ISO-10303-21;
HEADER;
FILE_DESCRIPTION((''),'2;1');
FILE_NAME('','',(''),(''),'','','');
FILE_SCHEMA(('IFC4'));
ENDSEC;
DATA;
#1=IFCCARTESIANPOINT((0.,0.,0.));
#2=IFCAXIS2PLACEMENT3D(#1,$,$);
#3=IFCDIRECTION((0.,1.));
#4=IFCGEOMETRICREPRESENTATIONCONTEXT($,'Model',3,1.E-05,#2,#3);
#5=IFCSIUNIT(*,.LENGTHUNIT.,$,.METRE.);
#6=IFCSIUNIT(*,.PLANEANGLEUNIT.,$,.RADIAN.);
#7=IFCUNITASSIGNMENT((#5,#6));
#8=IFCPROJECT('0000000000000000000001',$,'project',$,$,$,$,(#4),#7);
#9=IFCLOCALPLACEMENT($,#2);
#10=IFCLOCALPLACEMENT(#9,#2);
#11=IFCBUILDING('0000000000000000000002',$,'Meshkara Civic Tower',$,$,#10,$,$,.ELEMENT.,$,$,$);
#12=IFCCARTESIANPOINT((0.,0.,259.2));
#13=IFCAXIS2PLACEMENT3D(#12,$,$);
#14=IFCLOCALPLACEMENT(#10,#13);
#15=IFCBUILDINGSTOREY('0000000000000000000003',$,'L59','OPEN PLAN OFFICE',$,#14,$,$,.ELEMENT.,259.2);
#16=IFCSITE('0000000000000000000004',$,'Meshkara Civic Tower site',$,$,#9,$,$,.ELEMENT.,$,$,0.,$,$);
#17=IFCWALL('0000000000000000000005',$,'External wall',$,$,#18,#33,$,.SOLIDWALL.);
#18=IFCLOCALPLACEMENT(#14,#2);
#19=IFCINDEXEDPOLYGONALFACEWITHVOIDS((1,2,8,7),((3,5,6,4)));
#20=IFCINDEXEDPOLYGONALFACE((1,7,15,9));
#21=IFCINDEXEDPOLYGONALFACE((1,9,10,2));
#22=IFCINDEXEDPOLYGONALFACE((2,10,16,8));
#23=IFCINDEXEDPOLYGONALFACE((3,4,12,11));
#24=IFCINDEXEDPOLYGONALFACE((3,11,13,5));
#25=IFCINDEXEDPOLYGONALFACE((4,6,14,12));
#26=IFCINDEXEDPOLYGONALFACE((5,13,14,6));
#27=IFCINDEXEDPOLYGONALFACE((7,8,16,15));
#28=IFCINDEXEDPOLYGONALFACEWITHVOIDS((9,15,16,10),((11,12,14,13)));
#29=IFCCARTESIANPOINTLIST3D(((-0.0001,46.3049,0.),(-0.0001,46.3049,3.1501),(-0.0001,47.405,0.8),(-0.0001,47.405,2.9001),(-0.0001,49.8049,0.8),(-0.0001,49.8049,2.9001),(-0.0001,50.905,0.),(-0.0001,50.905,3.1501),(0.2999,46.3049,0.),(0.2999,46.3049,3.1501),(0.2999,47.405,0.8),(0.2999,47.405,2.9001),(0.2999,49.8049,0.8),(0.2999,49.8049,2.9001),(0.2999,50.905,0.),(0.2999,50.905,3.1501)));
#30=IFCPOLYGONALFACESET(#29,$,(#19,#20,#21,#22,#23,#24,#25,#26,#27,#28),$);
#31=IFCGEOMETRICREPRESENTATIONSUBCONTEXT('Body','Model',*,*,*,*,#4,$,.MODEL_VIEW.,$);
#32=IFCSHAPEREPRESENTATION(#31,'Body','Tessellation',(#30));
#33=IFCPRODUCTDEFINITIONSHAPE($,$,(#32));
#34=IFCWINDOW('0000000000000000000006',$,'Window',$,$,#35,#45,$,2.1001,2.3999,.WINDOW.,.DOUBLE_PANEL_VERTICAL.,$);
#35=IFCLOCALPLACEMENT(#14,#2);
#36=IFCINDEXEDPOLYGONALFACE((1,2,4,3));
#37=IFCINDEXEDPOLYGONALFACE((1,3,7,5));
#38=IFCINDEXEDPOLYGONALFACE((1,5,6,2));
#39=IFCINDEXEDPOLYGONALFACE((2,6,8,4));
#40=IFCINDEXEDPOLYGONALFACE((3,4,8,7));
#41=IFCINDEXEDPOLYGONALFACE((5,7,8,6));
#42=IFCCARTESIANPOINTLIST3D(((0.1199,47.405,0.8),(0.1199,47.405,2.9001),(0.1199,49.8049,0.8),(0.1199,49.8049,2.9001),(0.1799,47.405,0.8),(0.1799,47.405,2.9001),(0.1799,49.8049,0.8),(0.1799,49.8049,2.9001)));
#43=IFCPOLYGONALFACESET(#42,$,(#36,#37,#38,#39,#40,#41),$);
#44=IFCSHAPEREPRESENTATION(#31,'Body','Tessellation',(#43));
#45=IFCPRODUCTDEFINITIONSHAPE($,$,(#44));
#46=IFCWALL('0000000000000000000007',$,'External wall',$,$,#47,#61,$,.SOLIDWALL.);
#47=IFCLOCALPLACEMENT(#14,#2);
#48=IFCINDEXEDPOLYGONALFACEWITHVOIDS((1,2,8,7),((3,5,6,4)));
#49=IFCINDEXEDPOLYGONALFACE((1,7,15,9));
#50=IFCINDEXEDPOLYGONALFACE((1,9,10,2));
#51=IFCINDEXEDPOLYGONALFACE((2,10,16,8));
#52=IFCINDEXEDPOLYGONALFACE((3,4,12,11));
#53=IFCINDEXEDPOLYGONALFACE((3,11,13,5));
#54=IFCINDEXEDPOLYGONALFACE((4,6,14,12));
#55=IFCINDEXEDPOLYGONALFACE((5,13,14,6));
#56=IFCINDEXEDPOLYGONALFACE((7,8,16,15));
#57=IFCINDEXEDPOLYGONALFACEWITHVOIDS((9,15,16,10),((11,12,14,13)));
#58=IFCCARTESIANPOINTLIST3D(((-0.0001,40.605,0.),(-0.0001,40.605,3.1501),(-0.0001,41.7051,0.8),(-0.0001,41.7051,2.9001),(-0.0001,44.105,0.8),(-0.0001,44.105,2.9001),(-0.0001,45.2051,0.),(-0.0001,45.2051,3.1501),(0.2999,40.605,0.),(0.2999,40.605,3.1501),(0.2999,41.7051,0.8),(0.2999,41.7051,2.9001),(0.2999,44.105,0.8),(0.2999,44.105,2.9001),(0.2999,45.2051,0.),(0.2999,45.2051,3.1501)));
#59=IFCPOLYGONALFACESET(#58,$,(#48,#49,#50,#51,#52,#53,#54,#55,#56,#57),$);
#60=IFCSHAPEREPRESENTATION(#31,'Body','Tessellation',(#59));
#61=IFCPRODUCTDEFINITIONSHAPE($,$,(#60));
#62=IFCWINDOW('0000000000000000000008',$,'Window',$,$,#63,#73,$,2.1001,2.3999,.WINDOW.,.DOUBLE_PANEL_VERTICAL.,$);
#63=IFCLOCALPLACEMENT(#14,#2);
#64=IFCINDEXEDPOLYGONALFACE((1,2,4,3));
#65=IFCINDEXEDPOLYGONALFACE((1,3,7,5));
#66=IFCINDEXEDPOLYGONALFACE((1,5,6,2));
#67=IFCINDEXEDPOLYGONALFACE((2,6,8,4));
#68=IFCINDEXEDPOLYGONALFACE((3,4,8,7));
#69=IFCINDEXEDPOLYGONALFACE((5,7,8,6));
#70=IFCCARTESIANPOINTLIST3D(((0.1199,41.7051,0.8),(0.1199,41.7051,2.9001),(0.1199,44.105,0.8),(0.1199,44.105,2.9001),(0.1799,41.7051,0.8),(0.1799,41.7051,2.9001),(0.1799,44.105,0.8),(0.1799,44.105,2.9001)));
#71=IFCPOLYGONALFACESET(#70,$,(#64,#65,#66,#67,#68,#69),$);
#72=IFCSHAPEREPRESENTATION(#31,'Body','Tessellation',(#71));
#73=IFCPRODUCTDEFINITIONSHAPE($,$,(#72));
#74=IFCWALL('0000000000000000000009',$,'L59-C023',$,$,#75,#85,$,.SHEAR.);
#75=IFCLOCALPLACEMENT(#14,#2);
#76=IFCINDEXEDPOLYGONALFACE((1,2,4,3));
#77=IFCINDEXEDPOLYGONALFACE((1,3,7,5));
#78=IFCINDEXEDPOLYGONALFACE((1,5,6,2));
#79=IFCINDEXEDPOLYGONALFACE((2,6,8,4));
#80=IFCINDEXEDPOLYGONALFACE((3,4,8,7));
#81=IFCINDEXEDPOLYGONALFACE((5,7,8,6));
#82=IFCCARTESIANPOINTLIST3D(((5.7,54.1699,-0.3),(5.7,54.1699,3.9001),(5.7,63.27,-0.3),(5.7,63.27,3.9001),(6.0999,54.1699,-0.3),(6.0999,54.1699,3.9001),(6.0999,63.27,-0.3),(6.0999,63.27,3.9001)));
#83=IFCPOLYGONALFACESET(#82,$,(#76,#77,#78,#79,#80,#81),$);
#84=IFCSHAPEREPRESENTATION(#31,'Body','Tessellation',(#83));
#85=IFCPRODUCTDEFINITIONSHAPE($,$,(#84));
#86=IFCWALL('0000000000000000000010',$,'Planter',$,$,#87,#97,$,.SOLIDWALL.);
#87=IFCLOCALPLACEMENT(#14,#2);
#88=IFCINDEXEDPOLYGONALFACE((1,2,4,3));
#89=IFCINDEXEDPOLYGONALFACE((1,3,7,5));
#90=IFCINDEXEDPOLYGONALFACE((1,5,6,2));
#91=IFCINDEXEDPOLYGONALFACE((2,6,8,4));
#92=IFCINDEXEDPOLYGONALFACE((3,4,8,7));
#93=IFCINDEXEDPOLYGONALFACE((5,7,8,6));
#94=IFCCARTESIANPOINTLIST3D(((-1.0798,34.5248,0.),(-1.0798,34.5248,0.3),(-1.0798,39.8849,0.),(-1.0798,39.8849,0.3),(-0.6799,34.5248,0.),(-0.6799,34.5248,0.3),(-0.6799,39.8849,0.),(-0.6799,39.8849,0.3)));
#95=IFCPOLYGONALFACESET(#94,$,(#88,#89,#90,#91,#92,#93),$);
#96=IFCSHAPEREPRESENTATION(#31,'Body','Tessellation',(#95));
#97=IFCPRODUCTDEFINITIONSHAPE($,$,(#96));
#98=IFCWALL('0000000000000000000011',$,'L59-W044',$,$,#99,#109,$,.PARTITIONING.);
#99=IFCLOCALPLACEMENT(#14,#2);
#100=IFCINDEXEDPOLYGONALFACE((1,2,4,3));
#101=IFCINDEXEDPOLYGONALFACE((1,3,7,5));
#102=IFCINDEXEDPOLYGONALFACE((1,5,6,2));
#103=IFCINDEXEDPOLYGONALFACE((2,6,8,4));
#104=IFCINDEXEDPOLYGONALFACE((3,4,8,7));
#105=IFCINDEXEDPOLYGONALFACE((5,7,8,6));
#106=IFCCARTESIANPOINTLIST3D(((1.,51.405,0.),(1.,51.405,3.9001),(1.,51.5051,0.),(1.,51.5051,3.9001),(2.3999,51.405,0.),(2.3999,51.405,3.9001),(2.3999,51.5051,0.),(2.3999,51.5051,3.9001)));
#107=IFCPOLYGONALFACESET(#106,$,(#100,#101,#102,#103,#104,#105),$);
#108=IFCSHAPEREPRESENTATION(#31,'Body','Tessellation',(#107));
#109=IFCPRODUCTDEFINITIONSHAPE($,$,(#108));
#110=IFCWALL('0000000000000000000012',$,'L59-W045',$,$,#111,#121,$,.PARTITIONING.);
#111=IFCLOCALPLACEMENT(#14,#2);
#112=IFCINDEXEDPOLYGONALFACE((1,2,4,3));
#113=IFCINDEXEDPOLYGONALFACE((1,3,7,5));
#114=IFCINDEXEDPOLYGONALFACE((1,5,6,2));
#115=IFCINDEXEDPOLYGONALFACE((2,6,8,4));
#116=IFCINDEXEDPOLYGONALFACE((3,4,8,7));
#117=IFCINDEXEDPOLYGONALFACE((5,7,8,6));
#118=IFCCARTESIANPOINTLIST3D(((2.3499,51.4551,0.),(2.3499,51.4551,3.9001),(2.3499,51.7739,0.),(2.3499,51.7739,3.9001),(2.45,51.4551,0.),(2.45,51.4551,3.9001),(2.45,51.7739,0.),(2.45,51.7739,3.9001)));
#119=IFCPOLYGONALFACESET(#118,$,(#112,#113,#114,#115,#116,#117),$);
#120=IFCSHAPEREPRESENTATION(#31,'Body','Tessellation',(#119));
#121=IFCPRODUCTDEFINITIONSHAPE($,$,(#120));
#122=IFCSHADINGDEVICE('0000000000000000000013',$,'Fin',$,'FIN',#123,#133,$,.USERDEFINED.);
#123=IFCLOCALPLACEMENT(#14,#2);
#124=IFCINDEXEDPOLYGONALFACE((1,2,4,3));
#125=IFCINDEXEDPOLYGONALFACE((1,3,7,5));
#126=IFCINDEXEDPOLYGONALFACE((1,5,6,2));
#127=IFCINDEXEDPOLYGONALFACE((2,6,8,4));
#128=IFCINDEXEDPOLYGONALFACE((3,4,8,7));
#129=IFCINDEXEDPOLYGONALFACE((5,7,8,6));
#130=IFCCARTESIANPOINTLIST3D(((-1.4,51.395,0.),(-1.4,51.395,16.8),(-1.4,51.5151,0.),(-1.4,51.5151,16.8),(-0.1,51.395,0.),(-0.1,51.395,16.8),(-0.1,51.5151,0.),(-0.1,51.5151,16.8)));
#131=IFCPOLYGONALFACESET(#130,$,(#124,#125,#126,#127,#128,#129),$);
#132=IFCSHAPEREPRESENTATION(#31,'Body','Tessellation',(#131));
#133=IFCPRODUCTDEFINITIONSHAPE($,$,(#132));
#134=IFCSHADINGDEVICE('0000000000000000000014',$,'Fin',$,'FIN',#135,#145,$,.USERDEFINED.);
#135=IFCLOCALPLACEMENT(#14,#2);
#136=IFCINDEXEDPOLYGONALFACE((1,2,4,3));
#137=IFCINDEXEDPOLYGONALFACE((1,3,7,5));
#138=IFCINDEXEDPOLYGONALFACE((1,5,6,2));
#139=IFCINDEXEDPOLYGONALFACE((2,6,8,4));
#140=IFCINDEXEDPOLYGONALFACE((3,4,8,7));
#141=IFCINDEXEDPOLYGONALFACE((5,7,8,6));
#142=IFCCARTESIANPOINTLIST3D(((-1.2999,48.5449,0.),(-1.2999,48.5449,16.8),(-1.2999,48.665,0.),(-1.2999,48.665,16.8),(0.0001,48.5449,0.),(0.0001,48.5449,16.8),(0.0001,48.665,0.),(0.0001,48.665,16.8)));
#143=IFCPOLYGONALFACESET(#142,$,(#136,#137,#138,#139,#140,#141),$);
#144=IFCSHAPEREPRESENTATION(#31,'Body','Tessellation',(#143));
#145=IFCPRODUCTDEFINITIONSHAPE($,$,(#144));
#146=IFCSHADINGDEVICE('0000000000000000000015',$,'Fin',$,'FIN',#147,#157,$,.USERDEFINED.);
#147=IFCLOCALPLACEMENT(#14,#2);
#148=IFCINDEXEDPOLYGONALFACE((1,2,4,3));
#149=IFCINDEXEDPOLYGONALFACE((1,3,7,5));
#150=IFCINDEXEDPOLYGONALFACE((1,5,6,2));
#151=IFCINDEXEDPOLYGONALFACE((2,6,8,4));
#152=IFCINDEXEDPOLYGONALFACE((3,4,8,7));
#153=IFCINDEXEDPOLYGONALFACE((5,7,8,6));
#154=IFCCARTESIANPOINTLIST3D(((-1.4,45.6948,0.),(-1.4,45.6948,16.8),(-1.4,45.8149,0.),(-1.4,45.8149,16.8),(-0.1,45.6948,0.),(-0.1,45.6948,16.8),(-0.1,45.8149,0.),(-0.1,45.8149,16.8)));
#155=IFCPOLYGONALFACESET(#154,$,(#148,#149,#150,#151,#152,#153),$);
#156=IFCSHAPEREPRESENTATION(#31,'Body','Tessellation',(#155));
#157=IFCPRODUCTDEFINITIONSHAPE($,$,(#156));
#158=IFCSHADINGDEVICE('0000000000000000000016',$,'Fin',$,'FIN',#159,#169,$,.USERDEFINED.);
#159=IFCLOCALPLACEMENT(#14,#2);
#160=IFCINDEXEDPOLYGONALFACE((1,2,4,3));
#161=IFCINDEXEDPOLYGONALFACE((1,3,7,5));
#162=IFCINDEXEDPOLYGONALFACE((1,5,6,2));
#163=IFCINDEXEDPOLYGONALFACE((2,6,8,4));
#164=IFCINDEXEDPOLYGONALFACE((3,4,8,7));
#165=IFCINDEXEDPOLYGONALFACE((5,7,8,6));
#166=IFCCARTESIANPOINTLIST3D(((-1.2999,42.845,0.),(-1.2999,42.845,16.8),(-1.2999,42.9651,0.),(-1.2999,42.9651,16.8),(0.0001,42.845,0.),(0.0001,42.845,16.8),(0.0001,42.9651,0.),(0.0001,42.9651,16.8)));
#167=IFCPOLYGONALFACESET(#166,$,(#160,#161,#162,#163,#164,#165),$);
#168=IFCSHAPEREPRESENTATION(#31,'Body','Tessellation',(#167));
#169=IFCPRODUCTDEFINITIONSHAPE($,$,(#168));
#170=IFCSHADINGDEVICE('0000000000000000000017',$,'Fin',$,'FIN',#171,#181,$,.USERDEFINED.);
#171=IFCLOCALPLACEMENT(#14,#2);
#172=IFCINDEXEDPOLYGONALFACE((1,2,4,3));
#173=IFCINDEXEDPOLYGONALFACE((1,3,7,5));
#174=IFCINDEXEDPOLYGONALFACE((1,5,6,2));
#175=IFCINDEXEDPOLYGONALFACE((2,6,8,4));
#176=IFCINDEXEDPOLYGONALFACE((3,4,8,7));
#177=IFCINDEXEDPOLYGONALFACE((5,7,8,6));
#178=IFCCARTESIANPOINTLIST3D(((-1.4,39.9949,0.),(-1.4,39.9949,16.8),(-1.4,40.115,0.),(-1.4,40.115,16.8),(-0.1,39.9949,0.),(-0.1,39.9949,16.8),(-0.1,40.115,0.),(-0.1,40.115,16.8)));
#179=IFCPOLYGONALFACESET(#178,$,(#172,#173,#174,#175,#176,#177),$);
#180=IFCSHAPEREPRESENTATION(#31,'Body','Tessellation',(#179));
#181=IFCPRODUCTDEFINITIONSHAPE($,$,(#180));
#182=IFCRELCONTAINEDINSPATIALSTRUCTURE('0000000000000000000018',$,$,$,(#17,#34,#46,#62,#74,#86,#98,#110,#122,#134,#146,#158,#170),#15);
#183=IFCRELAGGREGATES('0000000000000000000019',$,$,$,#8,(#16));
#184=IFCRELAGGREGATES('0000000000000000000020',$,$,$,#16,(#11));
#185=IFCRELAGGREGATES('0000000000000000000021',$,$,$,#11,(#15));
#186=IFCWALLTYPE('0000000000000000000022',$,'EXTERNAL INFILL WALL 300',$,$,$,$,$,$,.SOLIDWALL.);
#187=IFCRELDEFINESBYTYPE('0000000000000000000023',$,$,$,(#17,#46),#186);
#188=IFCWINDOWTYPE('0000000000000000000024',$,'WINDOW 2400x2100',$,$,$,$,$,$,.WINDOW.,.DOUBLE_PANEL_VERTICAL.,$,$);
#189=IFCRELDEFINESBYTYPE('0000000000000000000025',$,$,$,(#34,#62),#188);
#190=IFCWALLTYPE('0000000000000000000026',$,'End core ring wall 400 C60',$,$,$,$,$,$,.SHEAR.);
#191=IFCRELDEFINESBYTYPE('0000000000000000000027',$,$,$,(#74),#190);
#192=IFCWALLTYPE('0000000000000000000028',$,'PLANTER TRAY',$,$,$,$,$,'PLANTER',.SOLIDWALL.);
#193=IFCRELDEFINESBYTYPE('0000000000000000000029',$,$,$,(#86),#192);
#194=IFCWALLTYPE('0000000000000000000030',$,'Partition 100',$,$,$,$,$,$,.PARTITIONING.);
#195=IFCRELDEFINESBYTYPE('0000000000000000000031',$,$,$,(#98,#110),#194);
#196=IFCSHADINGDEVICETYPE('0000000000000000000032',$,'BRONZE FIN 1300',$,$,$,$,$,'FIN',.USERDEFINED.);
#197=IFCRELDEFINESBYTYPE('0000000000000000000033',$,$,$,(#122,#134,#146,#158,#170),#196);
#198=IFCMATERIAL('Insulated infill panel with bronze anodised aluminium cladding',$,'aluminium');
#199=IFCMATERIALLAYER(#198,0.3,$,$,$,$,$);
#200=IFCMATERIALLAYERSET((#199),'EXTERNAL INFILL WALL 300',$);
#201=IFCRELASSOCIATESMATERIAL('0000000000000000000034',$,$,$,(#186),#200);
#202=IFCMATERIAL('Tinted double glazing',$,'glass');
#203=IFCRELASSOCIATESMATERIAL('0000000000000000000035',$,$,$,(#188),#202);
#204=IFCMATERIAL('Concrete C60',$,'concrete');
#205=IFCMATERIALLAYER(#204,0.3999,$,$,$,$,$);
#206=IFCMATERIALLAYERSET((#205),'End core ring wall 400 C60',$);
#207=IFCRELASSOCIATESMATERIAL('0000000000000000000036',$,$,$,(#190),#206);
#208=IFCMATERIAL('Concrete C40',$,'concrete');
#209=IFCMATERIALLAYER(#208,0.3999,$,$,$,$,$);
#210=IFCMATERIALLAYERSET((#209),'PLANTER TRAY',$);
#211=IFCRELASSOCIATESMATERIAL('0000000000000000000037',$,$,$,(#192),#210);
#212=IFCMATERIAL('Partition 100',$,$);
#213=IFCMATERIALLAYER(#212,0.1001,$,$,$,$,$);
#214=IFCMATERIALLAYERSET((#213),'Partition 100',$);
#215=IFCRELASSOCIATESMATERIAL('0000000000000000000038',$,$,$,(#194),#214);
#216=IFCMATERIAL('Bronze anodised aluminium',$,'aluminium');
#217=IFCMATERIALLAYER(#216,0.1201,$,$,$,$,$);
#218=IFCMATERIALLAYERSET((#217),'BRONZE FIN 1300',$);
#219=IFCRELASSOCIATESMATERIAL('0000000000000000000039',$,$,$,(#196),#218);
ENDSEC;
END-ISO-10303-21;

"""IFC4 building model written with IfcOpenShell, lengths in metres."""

from ifc_helpers import new_model, si_unit, direction, frame, frame_2d, origin, origin_2d, place, context, subcontext, project, spatial, rectangle, extrude, material, layer, layer_set, type_object, element, fill, save


model = new_model("IFC4")

# Units and contexts
model_context = context("Model", 3, precision=1e-05, world=origin(), true_north=direction((0.0, 1.0)))
body_context = subcontext(model_context, "Body", "Model", "MODEL_VIEW")
ifc_project = project(units=[si_unit("LENGTHUNIT", "METRE"), si_unit("PLANEANGLEUNIT", "RADIAN")], contexts=[model_context])

# Site, building, storey
site_placement = place(None, origin())
site = spatial("IfcSite", under=ifc_project, at=site_placement, Name="Meshkara Civic Tower site", CompositionType="ELEMENT", RefElevation=0.0)
building_placement = place(site_placement, origin())
building = spatial("IfcBuilding", under=site, at=building_placement, Name="Meshkara Civic Tower", CompositionType="ELEMENT")
storey_placement = place(building_placement, frame((0.0, 0.0, 259.2)))
storey = spatial("IfcBuildingStorey", under=building, at=storey_placement, Name="L59", Description="OPEN PLAN OFFICE", CompositionType="ELEMENT", Elevation=259.2)

# Walls, openings, windows
ifc_material_1 = material(Name="Insulated infill panel with bronze anodised aluminium cladding", Category="aluminium")
ifc_layer_1 = layer(ifc_material_1, 0.3)
ifc_layer_set_1 = layer_set([ifc_layer_1], Name="EXTERNAL INFILL WALL 300")
wall_type_1 = type_object("IfcWallType", Name="EXTERNAL INFILL WALL 300", PredefinedType="SOLIDWALL", material=ifc_layer_set_1)
wall_1_placement = place(storey_placement, frame((0.1499, 50.905, 0.0), z_axis=(0.0, 0.0, 1.0), x_axis=(0.0, -1.0, 0.0)))
wall_1 = element("IfcWall", 1, at=wall_1_placement, inside=storey, type_object=wall_type_1, Name="External wall", PredefinedType="SOLIDWALL", context=body_context, shape_type="SweptSolid", body=[
    extrude(rectangle(XDim=4.6001, YDim=0.3, at=frame_2d((2.3, 0.0))), origin(), (0.0, 0.0, 1.0), 3.1501),
])
opening_1_placement = place(wall_1_placement, frame((1.1001, 0.0, 0.8)))
opening_1 = element("IfcOpeningElement", 2, at=opening_1_placement, cuts=wall_1, PredefinedType="OPENING", context=body_context, shape_type="SweptSolid", body=[
    extrude(rectangle(XDim=2.3999, YDim=2.1001, at=frame_2d((1.2, 1.05))), frame((0.0, 0.1599, 0.0), z_axis=(0.0, -1.0, 0.0), x_axis=(1.0, 0.0, 0.0)), (0.0, 0.0, 1.0), 0.3201),
])
ifc_material_2 = material(Name="Tinted double glazing", Category="glass")
window_type = type_object("IfcWindowType", Name="WINDOW 2400x2100", PartitioningType="DOUBLE_PANEL_VERTICAL", PredefinedType="WINDOW", material=ifc_material_2)
window_1_placement = place(opening_1_placement, origin())
window_1 = element("IfcWindow", 3, at=window_1_placement, inside=storey, type_object=window_type, Name="Window", OverallHeight=2.1001, OverallWidth=2.3999, PartitioningType="DOUBLE_PANEL_VERTICAL", PredefinedType="WINDOW", context=body_context, shape_type="SweptSolid", body=[
    extrude(rectangle(XDim=2.3999, YDim=2.1001, at=frame_2d((1.2, 1.05))), frame((0.0, 0.03, 0.0), z_axis=(0.0, -1.0, 0.0), x_axis=(1.0, 0.0, 0.0)), (0.0, 0.0, 1.0), 0.0601),
])
fill(opening_1, window_1)
wall_2_placement = place(storey_placement, frame((0.1499, 45.2051, 0.0), z_axis=(0.0, 0.0, 1.0), x_axis=(0.0, -1.0, 0.0)))
wall_2 = element("IfcWall", 4, at=wall_2_placement, inside=storey, type_object=wall_type_1, Name="External wall", PredefinedType="SOLIDWALL", context=body_context, shape_type="SweptSolid", body=[
    extrude(rectangle(XDim=4.6001, YDim=0.3, at=frame_2d((2.3, 0.0))), origin(), (0.0, 0.0, 1.0), 3.1501),
])
opening_2_placement = place(wall_2_placement, frame((1.1001, 0.0, 0.8)))
opening_2 = element("IfcOpeningElement", 5, at=opening_2_placement, cuts=wall_2, PredefinedType="OPENING", context=body_context, shape_type="SweptSolid", body=[
    extrude(rectangle(XDim=2.3999, YDim=2.1001, at=frame_2d((1.2, 1.05))), frame((0.0, 0.1599, 0.0), z_axis=(0.0, -1.0, 0.0), x_axis=(1.0, 0.0, 0.0)), (0.0, 0.0, 1.0), 0.3201),
])
window_2_placement = place(opening_2_placement, origin())
window_2 = element("IfcWindow", 6, at=window_2_placement, inside=storey, type_object=window_type, Name="Window", OverallHeight=2.1001, OverallWidth=2.3999, PartitioningType="DOUBLE_PANEL_VERTICAL", PredefinedType="WINDOW", context=body_context, shape_type="SweptSolid", body=[
    extrude(rectangle(XDim=2.3999, YDim=2.1001, at=frame_2d((1.2, 1.05))), frame((0.0, 0.03, 0.0), z_axis=(0.0, -1.0, 0.0), x_axis=(1.0, 0.0, 0.0)), (0.0, 0.0, 1.0), 0.0601),
])
fill(opening_2, window_2)

# Walls
ifc_material_3 = material(Name="Concrete C60", Category="concrete")
ifc_layer_2 = layer(ifc_material_3, 0.3999)
ifc_layer_set_2 = layer_set([ifc_layer_2], Name="End core ring wall 400 C60")
wall_type_2 = type_object("IfcWallType", Name="End core ring wall 400 C60", PredefinedType="SHEAR", material=ifc_layer_set_2)
wall_3_placement = place(storey_placement, frame((5.8999, 54.1699, -0.3), z_axis=(0.0, 0.0, 1.0), x_axis=(0.0, 1.0, 0.0)))
element("IfcWall", 7, at=wall_3_placement, inside=storey, type_object=wall_type_2, Name="L59-C023", PredefinedType="SHEAR", context=body_context, shape_type="SweptSolid", body=[
    extrude(rectangle(XDim=9.1001, YDim=0.3999, at=frame_2d((4.55, 0.0))), origin(), (0.0, 0.0, 1.0), 4.2002),
])
ifc_material_4 = material(Name="Concrete C40", Category="concrete")
ifc_layer_3 = layer(ifc_material_4, 0.3999)
ifc_layer_set_3 = layer_set([ifc_layer_3], Name="PLANTER TRAY")
wall_type_3 = type_object("IfcWallType", Name="PLANTER TRAY", ElementType="PLANTER", PredefinedType="SOLIDWALL", material=ifc_layer_set_3)
wall_4_placement = place(storey_placement, frame((-0.8799, 39.885, 0.0), z_axis=(0.0, 0.0, 1.0), x_axis=(0.0, -1.0, 0.0)))
element("IfcWall", 8, at=wall_4_placement, inside=storey, type_object=wall_type_3, Name="Planter", PredefinedType="SOLIDWALL", context=body_context, shape_type="SweptSolid", body=[
    extrude(rectangle(XDim=5.3601, YDim=0.3999, at=frame_2d((2.6802, 0.0))), origin(), (0.0, 0.0, 1.0), 0.3),
])
ifc_material_5 = material(Name="Partition 100")
ifc_layer_4 = layer(ifc_material_5, 0.1001)
ifc_layer_set_4 = layer_set([ifc_layer_4], Name="Partition 100")
wall_type_4 = type_object("IfcWallType", Name="Partition 100", PredefinedType="PARTITIONING", material=ifc_layer_set_4)
wall_5_placement = place(storey_placement, frame((2.3999, 51.4551, 0.0), z_axis=(0.0, 0.0, 1.0), x_axis=(-1.0, 0.0, 0.0)))
element("IfcWall", 9, at=wall_5_placement, inside=storey, type_object=wall_type_4, Name="L59-W044", PredefinedType="PARTITIONING", context=body_context, shape_type="SweptSolid", body=[
    extrude(rectangle(XDim=1.3999, YDim=0.1001, at=frame_2d((0.7, 0.0))), origin(), (0.0, 0.0, 1.0), 3.9001),
])
wall_6_placement = place(storey_placement, frame((2.3999, 51.7739, 0.0), z_axis=(0.0, 0.0, 1.0), x_axis=(0.0, -1.0, 0.0)))
element("IfcWall", 10, at=wall_6_placement, inside=storey, type_object=wall_type_4, Name="L59-W045", PredefinedType="PARTITIONING", context=body_context, shape_type="SweptSolid", body=[
    extrude(rectangle(XDim=0.3188, YDim=0.1001, at=frame_2d((0.1594, 0.0))), origin(), (0.0, 0.0, 1.0), 3.9001),
])

# Shading devices
ifc_material_6 = material(Name="Bronze anodised aluminium", Category="aluminium")
ifc_layer_5 = layer(ifc_material_6, 0.1201)
ifc_layer_set_5 = layer_set([ifc_layer_5], Name="BRONZE FIN 1300")
shading_device_type = type_object("IfcShadingDeviceType", Name="BRONZE FIN 1300", ElementType="FIN", PredefinedType="USERDEFINED", material=ifc_layer_set_5)
for number, where, z_axis, x_axis, name in (
    (11, (-0.75, 51.4551, 0.0), (0.0, 0.0, 1.0), (0.0, -1.0, 0.0), "Fin"),
    (12, (-0.6499, 48.605, 0.0), (0.0, 0.0, 1.0), (0.0, -1.0, 0.0), "Fin"),
    (13, (-0.75, 45.7549, 0.0), (0.0, 0.0, 1.0), (0.0, -1.0, 0.0), "Fin"),
    (14, (-0.6499, 42.905, 0.0), (0.0, 0.0, 1.0), (0.0, -1.0, 0.0), "Fin"),
    (15, (-0.75, 40.0549, 0.0), (0.0, 0.0, 1.0), (0.0, -1.0, 0.0), "Fin"),
):
    element("IfcShadingDevice", number, at=place(storey_placement, frame(where, z_axis=z_axis, x_axis=x_axis)), inside=storey, type_object=shading_device_type, Name=name, ObjectType="FIN", PredefinedType="USERDEFINED", context=body_context, shape_type="SweptSolid", body=[
        extrude(rectangle(XDim=0.1201, YDim=1.3, at=origin_2d()), origin(), (0.0, 0.0, 1.0), 16.8),
    ])

save(model, "model.ifc")
